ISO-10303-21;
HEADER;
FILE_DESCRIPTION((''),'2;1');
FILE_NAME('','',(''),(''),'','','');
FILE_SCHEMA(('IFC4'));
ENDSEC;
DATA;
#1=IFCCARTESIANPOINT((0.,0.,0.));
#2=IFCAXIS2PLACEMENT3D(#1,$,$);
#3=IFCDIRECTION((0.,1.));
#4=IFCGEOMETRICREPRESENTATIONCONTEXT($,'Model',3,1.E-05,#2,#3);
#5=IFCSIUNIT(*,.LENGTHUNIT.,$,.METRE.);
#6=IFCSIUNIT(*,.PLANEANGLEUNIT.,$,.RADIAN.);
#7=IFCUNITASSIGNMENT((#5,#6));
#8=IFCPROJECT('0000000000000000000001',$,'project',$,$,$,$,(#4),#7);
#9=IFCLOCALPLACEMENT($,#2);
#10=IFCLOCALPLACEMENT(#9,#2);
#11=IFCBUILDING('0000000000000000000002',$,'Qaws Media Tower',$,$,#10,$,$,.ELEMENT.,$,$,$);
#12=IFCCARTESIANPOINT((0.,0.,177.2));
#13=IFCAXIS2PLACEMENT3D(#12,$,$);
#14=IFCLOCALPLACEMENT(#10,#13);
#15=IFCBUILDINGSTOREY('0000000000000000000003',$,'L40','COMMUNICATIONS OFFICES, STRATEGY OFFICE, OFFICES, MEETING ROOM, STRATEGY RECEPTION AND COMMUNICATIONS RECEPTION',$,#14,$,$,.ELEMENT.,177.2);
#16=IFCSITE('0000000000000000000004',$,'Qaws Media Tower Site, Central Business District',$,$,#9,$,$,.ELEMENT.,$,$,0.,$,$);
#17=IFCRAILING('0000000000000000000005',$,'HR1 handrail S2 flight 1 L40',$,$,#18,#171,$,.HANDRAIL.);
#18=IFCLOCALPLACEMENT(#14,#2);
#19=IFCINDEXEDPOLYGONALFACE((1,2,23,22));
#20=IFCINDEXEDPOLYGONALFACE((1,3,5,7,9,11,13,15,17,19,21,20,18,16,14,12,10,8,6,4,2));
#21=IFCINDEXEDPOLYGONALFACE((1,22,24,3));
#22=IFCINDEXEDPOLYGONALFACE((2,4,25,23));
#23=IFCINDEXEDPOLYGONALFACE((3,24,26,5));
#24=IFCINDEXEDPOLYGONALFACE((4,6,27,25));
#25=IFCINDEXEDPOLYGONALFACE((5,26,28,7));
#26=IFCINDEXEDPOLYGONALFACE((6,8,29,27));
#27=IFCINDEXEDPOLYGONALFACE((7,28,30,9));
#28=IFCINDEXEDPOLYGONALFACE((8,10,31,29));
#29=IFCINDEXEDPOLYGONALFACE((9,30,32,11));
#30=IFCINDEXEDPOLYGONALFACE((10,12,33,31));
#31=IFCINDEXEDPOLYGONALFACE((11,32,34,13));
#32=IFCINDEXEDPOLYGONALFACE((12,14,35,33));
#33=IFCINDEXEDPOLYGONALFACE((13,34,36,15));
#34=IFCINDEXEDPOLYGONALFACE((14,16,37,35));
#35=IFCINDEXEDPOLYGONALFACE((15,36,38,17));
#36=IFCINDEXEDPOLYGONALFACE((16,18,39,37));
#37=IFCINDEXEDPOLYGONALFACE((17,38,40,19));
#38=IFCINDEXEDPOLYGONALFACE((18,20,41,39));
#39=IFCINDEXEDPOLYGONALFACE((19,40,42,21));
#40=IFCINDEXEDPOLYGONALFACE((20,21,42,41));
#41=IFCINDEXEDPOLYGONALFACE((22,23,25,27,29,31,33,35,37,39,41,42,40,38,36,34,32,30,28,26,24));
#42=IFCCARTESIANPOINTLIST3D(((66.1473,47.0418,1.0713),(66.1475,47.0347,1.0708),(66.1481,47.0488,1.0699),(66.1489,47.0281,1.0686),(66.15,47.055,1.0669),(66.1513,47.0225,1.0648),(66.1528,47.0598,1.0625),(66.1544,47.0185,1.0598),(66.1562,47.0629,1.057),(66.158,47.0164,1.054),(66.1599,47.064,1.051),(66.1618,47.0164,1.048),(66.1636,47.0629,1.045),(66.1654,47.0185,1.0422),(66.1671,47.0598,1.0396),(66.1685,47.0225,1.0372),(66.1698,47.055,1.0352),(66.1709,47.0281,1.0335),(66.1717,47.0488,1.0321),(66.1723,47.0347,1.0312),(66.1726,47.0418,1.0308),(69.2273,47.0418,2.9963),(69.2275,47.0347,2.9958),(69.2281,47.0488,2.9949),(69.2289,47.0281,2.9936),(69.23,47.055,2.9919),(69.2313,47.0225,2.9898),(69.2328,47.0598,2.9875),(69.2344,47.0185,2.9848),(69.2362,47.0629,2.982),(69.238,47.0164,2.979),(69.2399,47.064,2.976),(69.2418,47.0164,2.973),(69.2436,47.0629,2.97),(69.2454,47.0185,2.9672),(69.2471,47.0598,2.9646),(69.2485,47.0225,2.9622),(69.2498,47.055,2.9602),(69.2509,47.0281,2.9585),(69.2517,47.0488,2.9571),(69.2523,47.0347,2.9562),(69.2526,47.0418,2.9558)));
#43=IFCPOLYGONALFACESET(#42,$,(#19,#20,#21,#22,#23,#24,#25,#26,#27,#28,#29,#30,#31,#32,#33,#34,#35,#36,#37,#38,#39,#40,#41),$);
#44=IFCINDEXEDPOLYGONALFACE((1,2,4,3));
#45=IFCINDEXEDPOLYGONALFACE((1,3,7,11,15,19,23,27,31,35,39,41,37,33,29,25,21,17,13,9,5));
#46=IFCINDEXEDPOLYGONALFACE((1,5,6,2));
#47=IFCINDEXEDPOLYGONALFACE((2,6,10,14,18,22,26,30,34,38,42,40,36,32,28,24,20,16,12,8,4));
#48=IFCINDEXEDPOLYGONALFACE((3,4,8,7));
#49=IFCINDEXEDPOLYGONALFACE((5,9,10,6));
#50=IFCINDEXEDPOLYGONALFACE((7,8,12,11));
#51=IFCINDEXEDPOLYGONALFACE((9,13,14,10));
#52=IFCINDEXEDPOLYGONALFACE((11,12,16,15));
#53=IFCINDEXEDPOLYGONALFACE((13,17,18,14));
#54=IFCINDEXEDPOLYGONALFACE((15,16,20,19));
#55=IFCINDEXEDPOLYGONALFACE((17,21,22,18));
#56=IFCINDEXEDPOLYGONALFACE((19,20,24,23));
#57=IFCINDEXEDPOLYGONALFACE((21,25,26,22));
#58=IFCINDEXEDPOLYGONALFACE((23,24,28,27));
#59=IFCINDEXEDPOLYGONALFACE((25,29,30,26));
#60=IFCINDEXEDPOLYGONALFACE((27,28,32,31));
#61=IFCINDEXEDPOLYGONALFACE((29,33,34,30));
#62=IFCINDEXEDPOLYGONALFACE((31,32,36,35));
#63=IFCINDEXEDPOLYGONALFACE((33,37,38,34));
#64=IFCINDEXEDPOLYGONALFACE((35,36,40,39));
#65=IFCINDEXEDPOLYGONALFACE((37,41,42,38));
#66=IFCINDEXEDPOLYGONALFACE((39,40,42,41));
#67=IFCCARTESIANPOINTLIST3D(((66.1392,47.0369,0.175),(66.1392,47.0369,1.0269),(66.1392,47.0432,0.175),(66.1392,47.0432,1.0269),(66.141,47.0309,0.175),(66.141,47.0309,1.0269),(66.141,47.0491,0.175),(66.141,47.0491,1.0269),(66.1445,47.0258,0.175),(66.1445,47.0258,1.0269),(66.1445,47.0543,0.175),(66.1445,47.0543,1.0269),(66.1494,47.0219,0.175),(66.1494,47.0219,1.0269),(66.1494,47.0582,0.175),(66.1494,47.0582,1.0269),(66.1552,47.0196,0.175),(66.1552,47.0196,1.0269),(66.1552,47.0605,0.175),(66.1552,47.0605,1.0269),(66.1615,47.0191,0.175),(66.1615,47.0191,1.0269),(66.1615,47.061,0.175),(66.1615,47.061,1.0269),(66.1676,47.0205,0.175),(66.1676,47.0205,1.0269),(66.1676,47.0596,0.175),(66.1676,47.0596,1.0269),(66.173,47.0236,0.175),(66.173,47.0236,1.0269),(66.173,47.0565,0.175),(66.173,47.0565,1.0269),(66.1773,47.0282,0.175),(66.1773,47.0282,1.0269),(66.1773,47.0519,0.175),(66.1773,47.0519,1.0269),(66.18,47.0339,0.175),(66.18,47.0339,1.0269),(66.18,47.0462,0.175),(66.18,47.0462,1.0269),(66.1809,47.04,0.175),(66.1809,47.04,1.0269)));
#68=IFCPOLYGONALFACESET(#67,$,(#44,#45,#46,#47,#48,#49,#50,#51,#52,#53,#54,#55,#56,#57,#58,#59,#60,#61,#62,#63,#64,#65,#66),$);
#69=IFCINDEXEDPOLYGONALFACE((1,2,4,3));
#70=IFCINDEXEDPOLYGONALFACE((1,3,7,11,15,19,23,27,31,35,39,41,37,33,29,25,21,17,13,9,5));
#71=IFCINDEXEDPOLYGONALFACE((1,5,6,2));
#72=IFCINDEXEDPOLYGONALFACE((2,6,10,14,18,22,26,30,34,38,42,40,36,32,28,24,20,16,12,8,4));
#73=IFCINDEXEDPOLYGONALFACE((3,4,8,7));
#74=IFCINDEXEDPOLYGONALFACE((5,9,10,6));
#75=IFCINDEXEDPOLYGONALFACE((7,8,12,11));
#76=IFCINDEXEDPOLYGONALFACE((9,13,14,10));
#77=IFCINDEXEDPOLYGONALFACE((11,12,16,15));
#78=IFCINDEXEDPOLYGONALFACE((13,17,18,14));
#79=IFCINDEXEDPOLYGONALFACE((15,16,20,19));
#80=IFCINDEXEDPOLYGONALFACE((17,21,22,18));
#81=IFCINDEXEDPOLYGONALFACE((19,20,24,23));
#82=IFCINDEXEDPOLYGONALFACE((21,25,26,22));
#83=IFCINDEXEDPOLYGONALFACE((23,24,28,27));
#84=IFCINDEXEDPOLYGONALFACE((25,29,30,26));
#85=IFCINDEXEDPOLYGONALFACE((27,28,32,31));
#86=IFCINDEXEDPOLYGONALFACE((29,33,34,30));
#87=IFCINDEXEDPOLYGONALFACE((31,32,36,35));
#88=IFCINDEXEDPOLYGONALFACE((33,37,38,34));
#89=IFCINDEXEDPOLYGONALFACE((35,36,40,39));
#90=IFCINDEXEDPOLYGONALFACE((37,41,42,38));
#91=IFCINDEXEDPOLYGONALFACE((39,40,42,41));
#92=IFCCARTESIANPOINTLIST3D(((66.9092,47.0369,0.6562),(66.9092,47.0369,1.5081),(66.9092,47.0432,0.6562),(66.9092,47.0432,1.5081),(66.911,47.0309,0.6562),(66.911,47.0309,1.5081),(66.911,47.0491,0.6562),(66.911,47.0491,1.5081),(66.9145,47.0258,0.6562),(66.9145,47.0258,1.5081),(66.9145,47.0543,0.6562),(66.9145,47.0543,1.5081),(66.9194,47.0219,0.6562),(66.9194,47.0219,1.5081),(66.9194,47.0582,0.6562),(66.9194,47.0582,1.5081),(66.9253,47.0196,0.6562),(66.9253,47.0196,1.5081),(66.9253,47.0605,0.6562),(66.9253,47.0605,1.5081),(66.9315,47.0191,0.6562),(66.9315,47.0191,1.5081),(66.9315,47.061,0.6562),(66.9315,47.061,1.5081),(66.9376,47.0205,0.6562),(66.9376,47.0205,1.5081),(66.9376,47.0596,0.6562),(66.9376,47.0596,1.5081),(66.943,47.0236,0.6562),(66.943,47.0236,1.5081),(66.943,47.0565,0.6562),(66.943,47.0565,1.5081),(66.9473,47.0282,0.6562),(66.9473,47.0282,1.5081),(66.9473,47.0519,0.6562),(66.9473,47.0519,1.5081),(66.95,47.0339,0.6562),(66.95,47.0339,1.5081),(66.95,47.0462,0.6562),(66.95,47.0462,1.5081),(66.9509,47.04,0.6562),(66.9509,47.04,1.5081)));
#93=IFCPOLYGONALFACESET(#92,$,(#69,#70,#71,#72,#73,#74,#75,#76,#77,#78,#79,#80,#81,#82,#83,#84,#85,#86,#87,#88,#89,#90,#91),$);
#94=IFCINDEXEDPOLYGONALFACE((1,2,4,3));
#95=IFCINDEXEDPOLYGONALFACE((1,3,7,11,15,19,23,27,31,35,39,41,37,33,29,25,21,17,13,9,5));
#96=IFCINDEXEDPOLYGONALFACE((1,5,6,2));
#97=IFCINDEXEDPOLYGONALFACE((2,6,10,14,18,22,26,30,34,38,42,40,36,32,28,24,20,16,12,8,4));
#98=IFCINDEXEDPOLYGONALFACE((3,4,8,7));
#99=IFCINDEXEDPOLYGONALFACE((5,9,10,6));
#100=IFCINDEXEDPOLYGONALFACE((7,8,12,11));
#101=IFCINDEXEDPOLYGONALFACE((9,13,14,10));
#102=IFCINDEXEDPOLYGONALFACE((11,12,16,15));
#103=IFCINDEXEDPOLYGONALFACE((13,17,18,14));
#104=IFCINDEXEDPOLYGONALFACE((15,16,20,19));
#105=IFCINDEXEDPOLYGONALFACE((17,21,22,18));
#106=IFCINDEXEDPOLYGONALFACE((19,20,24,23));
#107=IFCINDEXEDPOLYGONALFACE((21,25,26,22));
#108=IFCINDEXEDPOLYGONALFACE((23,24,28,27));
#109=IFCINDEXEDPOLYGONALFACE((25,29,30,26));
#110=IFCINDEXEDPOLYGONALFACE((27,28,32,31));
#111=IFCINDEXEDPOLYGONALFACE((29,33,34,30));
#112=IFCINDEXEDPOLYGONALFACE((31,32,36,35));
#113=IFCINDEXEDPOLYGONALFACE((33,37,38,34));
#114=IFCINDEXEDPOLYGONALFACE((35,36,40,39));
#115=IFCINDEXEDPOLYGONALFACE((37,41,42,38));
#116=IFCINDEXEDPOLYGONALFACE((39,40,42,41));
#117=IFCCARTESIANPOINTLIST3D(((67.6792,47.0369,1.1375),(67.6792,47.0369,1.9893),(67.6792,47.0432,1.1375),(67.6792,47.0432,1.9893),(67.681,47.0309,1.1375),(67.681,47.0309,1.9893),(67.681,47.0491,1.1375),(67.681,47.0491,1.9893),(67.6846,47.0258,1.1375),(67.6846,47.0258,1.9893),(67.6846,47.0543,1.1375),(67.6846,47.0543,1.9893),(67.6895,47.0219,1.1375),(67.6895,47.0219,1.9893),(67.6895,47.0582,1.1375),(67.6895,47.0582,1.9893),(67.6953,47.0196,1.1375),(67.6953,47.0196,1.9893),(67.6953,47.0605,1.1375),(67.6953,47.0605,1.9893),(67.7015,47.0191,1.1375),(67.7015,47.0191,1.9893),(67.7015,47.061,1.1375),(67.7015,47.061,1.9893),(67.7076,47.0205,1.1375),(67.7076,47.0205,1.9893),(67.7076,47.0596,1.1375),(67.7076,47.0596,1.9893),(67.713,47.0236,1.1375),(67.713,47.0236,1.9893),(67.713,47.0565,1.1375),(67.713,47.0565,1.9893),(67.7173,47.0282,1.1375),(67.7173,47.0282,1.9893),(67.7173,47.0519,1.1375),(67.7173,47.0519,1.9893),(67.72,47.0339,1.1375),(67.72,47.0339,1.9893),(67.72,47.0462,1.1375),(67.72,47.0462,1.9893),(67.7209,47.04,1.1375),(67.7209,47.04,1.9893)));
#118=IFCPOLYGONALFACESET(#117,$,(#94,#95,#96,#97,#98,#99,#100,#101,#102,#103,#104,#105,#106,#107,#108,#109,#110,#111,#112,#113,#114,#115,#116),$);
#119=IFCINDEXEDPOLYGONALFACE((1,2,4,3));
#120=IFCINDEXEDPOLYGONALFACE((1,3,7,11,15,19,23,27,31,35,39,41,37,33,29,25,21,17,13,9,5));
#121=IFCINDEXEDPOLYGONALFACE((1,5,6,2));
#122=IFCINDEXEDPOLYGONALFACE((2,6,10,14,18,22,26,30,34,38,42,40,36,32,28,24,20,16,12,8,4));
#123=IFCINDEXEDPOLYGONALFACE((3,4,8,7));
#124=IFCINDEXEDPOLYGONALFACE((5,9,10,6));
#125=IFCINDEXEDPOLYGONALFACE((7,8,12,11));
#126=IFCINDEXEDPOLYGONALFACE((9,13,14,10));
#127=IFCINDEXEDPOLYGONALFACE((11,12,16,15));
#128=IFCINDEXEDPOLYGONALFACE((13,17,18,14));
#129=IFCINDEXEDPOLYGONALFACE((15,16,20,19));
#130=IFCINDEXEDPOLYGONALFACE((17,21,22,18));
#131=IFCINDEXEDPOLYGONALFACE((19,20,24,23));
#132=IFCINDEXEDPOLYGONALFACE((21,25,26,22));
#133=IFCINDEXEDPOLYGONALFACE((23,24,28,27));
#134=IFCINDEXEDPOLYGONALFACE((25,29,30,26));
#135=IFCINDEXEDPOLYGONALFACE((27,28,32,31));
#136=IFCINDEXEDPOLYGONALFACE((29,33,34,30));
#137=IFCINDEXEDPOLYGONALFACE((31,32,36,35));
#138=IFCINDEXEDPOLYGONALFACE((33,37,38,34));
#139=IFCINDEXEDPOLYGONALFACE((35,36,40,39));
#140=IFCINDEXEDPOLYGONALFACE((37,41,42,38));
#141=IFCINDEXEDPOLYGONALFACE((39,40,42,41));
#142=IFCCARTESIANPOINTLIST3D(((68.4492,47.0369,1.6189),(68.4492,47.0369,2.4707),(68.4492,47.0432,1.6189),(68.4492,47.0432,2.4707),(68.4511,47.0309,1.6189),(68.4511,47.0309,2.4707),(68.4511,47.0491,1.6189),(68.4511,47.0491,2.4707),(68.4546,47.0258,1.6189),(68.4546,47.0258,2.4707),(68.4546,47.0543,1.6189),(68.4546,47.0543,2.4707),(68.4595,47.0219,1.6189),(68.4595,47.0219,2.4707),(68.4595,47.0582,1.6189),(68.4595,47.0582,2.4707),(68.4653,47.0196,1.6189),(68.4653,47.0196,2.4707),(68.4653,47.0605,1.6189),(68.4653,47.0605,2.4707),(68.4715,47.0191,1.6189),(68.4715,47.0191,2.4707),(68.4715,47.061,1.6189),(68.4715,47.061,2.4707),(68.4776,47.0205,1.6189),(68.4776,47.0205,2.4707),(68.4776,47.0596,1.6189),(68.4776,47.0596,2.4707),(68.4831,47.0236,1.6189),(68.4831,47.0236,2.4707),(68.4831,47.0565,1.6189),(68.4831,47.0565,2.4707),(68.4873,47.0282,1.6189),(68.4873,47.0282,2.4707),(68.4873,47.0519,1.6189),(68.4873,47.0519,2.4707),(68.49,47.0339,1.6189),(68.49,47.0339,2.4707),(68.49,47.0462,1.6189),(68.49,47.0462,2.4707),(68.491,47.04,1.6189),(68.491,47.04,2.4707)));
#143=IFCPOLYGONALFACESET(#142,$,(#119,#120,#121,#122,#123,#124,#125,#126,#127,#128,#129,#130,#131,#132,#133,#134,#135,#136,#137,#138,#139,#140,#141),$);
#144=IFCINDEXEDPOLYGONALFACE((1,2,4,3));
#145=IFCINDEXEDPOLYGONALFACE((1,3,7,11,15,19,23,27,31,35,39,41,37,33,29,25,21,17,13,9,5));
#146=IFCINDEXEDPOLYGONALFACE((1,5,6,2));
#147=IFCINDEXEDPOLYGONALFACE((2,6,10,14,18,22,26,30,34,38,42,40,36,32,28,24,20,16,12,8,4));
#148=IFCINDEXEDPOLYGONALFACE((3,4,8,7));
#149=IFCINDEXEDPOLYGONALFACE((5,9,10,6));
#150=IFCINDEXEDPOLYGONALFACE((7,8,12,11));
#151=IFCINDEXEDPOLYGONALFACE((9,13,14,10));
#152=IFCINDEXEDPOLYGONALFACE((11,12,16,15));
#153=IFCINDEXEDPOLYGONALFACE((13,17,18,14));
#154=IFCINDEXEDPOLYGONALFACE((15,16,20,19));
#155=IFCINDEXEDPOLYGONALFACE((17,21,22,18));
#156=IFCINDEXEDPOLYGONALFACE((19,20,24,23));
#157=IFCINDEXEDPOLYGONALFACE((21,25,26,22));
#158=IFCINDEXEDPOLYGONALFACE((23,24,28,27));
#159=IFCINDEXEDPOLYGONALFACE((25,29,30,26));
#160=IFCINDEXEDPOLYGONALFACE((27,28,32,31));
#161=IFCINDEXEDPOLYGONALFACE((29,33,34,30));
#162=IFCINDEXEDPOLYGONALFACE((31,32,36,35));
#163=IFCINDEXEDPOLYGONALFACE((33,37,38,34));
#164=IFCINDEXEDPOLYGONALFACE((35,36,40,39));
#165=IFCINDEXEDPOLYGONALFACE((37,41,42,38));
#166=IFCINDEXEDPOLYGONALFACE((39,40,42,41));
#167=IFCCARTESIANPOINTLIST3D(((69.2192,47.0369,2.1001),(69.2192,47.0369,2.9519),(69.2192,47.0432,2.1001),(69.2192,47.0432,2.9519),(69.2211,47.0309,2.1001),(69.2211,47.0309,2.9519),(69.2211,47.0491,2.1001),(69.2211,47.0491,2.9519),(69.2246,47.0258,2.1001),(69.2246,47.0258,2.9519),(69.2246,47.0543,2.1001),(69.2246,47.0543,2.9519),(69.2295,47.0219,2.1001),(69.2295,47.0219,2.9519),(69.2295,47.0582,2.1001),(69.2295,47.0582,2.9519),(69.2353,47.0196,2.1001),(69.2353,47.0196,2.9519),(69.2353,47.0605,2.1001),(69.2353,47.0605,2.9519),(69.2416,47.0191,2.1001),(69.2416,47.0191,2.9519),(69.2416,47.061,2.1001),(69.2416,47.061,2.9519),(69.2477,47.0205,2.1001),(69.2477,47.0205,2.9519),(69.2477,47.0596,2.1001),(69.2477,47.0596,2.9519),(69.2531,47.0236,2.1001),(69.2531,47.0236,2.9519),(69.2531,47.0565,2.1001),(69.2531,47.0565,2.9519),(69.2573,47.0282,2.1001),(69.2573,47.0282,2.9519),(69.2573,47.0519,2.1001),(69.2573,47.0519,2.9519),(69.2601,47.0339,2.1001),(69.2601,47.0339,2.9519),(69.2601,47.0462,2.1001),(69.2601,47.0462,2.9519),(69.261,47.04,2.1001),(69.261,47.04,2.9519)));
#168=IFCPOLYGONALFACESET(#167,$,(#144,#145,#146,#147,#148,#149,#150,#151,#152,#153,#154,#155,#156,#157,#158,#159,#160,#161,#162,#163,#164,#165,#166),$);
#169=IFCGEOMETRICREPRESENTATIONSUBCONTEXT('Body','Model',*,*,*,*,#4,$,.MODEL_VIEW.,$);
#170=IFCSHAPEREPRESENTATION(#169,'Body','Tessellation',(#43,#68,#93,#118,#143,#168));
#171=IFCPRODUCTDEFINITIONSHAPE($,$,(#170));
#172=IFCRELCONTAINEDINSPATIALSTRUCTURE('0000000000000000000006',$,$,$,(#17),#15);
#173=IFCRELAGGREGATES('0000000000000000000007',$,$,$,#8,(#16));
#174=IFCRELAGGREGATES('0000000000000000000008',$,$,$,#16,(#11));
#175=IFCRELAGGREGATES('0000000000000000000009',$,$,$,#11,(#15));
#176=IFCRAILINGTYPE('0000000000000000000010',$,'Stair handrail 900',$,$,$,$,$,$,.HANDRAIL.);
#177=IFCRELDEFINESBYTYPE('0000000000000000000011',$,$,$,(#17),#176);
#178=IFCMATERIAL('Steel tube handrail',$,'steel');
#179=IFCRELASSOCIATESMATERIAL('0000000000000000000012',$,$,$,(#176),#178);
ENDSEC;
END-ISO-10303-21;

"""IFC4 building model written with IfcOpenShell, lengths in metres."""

from ifc_helpers import new_model, si_unit, direction, frame, origin, origin_2d, place, context, subcontext, project, spatial, circle, extrude, material, type_object, element, save


model = new_model("IFC4")

# Units and contexts
model_context = context("Model", 3, precision=1e-05, world=origin(), true_north=direction((0.0, 1.0)))
body_context = subcontext(model_context, "Body", "Model", "MODEL_VIEW")
ifc_project = project(units=[si_unit("LENGTHUNIT", "METRE"), si_unit("PLANEANGLEUNIT", "RADIAN")], contexts=[model_context])

# Site, building, storey
site_placement = place(None, origin())
site = spatial("IfcSite", under=ifc_project, at=site_placement, Name="Qaws Media Tower Site, Central Business District", CompositionType="ELEMENT", RefElevation=0.0)
building_placement = place(site_placement, origin())
building = spatial("IfcBuilding", under=site, at=building_placement, Name="Qaws Media Tower", CompositionType="ELEMENT")
storey_placement = place(building_placement, frame((0.0, 0.0, 177.2)))
storey = spatial("IfcBuildingStorey", under=building, at=storey_placement, Name="L40", Description="COMMUNICATIONS OFFICES, STRATEGY OFFICE, OFFICES, MEETING ROOM, STRATEGY RECEPTION AND COMMUNICATIONS RECEPTION", CompositionType="ELEMENT", Elevation=177.2)

# Railing
ifc_material_1 = material(Name="Steel tube handrail", Category="steel")
railing_type = type_object("IfcRailingType", Name="Stair handrail 900", PredefinedType="HANDRAIL", material=ifc_material_1)
for number, where, name in (
    (1, (66.1599, 47.04, 0.175), "HR1 handrail S2 flight 1 L40"),
):
    element("IfcRailing", number, at=place(storey_placement, frame(where)), inside=storey, type_object=railing_type, Name=name, PredefinedType="HANDRAIL", context=body_context, shape_type="SweptSolid", body=[
        extrude(circle(Radius=0.0239, at=origin_2d()), frame((0.0, 0.0, 0.876), z_axis=(0.847998, 0.0, 0.529999), x_axis=(0.0, 1.0, 0.0)), (0.0, 0.0, 1.0), 3.6321),
        extrude(circle(Radius=0.021, at=origin_2d()), origin(), (0.0, 0.0, 1.0), 0.8518),
        extrude(circle(Radius=0.021, at=origin_2d()), frame((0.77, 0.0, 0.4812)), (0.0, 0.0, 1.0), 0.8518),
        extrude(circle(Radius=0.021, at=origin_2d()), frame((1.54, 0.0, 0.9624)), (0.0, 0.0, 1.0), 0.8518),
        extrude(circle(Radius=0.021, at=origin_2d()), frame((2.3101, 0.0, 1.4438)), (0.0, 0.0, 1.0), 0.8518),
        extrude(circle(Radius=0.021, at=origin_2d()), frame((3.0801, 0.0, 1.925)), (0.0, 0.0, 1.0), 0.8518),
    ])

save(model, "model.ifc")
